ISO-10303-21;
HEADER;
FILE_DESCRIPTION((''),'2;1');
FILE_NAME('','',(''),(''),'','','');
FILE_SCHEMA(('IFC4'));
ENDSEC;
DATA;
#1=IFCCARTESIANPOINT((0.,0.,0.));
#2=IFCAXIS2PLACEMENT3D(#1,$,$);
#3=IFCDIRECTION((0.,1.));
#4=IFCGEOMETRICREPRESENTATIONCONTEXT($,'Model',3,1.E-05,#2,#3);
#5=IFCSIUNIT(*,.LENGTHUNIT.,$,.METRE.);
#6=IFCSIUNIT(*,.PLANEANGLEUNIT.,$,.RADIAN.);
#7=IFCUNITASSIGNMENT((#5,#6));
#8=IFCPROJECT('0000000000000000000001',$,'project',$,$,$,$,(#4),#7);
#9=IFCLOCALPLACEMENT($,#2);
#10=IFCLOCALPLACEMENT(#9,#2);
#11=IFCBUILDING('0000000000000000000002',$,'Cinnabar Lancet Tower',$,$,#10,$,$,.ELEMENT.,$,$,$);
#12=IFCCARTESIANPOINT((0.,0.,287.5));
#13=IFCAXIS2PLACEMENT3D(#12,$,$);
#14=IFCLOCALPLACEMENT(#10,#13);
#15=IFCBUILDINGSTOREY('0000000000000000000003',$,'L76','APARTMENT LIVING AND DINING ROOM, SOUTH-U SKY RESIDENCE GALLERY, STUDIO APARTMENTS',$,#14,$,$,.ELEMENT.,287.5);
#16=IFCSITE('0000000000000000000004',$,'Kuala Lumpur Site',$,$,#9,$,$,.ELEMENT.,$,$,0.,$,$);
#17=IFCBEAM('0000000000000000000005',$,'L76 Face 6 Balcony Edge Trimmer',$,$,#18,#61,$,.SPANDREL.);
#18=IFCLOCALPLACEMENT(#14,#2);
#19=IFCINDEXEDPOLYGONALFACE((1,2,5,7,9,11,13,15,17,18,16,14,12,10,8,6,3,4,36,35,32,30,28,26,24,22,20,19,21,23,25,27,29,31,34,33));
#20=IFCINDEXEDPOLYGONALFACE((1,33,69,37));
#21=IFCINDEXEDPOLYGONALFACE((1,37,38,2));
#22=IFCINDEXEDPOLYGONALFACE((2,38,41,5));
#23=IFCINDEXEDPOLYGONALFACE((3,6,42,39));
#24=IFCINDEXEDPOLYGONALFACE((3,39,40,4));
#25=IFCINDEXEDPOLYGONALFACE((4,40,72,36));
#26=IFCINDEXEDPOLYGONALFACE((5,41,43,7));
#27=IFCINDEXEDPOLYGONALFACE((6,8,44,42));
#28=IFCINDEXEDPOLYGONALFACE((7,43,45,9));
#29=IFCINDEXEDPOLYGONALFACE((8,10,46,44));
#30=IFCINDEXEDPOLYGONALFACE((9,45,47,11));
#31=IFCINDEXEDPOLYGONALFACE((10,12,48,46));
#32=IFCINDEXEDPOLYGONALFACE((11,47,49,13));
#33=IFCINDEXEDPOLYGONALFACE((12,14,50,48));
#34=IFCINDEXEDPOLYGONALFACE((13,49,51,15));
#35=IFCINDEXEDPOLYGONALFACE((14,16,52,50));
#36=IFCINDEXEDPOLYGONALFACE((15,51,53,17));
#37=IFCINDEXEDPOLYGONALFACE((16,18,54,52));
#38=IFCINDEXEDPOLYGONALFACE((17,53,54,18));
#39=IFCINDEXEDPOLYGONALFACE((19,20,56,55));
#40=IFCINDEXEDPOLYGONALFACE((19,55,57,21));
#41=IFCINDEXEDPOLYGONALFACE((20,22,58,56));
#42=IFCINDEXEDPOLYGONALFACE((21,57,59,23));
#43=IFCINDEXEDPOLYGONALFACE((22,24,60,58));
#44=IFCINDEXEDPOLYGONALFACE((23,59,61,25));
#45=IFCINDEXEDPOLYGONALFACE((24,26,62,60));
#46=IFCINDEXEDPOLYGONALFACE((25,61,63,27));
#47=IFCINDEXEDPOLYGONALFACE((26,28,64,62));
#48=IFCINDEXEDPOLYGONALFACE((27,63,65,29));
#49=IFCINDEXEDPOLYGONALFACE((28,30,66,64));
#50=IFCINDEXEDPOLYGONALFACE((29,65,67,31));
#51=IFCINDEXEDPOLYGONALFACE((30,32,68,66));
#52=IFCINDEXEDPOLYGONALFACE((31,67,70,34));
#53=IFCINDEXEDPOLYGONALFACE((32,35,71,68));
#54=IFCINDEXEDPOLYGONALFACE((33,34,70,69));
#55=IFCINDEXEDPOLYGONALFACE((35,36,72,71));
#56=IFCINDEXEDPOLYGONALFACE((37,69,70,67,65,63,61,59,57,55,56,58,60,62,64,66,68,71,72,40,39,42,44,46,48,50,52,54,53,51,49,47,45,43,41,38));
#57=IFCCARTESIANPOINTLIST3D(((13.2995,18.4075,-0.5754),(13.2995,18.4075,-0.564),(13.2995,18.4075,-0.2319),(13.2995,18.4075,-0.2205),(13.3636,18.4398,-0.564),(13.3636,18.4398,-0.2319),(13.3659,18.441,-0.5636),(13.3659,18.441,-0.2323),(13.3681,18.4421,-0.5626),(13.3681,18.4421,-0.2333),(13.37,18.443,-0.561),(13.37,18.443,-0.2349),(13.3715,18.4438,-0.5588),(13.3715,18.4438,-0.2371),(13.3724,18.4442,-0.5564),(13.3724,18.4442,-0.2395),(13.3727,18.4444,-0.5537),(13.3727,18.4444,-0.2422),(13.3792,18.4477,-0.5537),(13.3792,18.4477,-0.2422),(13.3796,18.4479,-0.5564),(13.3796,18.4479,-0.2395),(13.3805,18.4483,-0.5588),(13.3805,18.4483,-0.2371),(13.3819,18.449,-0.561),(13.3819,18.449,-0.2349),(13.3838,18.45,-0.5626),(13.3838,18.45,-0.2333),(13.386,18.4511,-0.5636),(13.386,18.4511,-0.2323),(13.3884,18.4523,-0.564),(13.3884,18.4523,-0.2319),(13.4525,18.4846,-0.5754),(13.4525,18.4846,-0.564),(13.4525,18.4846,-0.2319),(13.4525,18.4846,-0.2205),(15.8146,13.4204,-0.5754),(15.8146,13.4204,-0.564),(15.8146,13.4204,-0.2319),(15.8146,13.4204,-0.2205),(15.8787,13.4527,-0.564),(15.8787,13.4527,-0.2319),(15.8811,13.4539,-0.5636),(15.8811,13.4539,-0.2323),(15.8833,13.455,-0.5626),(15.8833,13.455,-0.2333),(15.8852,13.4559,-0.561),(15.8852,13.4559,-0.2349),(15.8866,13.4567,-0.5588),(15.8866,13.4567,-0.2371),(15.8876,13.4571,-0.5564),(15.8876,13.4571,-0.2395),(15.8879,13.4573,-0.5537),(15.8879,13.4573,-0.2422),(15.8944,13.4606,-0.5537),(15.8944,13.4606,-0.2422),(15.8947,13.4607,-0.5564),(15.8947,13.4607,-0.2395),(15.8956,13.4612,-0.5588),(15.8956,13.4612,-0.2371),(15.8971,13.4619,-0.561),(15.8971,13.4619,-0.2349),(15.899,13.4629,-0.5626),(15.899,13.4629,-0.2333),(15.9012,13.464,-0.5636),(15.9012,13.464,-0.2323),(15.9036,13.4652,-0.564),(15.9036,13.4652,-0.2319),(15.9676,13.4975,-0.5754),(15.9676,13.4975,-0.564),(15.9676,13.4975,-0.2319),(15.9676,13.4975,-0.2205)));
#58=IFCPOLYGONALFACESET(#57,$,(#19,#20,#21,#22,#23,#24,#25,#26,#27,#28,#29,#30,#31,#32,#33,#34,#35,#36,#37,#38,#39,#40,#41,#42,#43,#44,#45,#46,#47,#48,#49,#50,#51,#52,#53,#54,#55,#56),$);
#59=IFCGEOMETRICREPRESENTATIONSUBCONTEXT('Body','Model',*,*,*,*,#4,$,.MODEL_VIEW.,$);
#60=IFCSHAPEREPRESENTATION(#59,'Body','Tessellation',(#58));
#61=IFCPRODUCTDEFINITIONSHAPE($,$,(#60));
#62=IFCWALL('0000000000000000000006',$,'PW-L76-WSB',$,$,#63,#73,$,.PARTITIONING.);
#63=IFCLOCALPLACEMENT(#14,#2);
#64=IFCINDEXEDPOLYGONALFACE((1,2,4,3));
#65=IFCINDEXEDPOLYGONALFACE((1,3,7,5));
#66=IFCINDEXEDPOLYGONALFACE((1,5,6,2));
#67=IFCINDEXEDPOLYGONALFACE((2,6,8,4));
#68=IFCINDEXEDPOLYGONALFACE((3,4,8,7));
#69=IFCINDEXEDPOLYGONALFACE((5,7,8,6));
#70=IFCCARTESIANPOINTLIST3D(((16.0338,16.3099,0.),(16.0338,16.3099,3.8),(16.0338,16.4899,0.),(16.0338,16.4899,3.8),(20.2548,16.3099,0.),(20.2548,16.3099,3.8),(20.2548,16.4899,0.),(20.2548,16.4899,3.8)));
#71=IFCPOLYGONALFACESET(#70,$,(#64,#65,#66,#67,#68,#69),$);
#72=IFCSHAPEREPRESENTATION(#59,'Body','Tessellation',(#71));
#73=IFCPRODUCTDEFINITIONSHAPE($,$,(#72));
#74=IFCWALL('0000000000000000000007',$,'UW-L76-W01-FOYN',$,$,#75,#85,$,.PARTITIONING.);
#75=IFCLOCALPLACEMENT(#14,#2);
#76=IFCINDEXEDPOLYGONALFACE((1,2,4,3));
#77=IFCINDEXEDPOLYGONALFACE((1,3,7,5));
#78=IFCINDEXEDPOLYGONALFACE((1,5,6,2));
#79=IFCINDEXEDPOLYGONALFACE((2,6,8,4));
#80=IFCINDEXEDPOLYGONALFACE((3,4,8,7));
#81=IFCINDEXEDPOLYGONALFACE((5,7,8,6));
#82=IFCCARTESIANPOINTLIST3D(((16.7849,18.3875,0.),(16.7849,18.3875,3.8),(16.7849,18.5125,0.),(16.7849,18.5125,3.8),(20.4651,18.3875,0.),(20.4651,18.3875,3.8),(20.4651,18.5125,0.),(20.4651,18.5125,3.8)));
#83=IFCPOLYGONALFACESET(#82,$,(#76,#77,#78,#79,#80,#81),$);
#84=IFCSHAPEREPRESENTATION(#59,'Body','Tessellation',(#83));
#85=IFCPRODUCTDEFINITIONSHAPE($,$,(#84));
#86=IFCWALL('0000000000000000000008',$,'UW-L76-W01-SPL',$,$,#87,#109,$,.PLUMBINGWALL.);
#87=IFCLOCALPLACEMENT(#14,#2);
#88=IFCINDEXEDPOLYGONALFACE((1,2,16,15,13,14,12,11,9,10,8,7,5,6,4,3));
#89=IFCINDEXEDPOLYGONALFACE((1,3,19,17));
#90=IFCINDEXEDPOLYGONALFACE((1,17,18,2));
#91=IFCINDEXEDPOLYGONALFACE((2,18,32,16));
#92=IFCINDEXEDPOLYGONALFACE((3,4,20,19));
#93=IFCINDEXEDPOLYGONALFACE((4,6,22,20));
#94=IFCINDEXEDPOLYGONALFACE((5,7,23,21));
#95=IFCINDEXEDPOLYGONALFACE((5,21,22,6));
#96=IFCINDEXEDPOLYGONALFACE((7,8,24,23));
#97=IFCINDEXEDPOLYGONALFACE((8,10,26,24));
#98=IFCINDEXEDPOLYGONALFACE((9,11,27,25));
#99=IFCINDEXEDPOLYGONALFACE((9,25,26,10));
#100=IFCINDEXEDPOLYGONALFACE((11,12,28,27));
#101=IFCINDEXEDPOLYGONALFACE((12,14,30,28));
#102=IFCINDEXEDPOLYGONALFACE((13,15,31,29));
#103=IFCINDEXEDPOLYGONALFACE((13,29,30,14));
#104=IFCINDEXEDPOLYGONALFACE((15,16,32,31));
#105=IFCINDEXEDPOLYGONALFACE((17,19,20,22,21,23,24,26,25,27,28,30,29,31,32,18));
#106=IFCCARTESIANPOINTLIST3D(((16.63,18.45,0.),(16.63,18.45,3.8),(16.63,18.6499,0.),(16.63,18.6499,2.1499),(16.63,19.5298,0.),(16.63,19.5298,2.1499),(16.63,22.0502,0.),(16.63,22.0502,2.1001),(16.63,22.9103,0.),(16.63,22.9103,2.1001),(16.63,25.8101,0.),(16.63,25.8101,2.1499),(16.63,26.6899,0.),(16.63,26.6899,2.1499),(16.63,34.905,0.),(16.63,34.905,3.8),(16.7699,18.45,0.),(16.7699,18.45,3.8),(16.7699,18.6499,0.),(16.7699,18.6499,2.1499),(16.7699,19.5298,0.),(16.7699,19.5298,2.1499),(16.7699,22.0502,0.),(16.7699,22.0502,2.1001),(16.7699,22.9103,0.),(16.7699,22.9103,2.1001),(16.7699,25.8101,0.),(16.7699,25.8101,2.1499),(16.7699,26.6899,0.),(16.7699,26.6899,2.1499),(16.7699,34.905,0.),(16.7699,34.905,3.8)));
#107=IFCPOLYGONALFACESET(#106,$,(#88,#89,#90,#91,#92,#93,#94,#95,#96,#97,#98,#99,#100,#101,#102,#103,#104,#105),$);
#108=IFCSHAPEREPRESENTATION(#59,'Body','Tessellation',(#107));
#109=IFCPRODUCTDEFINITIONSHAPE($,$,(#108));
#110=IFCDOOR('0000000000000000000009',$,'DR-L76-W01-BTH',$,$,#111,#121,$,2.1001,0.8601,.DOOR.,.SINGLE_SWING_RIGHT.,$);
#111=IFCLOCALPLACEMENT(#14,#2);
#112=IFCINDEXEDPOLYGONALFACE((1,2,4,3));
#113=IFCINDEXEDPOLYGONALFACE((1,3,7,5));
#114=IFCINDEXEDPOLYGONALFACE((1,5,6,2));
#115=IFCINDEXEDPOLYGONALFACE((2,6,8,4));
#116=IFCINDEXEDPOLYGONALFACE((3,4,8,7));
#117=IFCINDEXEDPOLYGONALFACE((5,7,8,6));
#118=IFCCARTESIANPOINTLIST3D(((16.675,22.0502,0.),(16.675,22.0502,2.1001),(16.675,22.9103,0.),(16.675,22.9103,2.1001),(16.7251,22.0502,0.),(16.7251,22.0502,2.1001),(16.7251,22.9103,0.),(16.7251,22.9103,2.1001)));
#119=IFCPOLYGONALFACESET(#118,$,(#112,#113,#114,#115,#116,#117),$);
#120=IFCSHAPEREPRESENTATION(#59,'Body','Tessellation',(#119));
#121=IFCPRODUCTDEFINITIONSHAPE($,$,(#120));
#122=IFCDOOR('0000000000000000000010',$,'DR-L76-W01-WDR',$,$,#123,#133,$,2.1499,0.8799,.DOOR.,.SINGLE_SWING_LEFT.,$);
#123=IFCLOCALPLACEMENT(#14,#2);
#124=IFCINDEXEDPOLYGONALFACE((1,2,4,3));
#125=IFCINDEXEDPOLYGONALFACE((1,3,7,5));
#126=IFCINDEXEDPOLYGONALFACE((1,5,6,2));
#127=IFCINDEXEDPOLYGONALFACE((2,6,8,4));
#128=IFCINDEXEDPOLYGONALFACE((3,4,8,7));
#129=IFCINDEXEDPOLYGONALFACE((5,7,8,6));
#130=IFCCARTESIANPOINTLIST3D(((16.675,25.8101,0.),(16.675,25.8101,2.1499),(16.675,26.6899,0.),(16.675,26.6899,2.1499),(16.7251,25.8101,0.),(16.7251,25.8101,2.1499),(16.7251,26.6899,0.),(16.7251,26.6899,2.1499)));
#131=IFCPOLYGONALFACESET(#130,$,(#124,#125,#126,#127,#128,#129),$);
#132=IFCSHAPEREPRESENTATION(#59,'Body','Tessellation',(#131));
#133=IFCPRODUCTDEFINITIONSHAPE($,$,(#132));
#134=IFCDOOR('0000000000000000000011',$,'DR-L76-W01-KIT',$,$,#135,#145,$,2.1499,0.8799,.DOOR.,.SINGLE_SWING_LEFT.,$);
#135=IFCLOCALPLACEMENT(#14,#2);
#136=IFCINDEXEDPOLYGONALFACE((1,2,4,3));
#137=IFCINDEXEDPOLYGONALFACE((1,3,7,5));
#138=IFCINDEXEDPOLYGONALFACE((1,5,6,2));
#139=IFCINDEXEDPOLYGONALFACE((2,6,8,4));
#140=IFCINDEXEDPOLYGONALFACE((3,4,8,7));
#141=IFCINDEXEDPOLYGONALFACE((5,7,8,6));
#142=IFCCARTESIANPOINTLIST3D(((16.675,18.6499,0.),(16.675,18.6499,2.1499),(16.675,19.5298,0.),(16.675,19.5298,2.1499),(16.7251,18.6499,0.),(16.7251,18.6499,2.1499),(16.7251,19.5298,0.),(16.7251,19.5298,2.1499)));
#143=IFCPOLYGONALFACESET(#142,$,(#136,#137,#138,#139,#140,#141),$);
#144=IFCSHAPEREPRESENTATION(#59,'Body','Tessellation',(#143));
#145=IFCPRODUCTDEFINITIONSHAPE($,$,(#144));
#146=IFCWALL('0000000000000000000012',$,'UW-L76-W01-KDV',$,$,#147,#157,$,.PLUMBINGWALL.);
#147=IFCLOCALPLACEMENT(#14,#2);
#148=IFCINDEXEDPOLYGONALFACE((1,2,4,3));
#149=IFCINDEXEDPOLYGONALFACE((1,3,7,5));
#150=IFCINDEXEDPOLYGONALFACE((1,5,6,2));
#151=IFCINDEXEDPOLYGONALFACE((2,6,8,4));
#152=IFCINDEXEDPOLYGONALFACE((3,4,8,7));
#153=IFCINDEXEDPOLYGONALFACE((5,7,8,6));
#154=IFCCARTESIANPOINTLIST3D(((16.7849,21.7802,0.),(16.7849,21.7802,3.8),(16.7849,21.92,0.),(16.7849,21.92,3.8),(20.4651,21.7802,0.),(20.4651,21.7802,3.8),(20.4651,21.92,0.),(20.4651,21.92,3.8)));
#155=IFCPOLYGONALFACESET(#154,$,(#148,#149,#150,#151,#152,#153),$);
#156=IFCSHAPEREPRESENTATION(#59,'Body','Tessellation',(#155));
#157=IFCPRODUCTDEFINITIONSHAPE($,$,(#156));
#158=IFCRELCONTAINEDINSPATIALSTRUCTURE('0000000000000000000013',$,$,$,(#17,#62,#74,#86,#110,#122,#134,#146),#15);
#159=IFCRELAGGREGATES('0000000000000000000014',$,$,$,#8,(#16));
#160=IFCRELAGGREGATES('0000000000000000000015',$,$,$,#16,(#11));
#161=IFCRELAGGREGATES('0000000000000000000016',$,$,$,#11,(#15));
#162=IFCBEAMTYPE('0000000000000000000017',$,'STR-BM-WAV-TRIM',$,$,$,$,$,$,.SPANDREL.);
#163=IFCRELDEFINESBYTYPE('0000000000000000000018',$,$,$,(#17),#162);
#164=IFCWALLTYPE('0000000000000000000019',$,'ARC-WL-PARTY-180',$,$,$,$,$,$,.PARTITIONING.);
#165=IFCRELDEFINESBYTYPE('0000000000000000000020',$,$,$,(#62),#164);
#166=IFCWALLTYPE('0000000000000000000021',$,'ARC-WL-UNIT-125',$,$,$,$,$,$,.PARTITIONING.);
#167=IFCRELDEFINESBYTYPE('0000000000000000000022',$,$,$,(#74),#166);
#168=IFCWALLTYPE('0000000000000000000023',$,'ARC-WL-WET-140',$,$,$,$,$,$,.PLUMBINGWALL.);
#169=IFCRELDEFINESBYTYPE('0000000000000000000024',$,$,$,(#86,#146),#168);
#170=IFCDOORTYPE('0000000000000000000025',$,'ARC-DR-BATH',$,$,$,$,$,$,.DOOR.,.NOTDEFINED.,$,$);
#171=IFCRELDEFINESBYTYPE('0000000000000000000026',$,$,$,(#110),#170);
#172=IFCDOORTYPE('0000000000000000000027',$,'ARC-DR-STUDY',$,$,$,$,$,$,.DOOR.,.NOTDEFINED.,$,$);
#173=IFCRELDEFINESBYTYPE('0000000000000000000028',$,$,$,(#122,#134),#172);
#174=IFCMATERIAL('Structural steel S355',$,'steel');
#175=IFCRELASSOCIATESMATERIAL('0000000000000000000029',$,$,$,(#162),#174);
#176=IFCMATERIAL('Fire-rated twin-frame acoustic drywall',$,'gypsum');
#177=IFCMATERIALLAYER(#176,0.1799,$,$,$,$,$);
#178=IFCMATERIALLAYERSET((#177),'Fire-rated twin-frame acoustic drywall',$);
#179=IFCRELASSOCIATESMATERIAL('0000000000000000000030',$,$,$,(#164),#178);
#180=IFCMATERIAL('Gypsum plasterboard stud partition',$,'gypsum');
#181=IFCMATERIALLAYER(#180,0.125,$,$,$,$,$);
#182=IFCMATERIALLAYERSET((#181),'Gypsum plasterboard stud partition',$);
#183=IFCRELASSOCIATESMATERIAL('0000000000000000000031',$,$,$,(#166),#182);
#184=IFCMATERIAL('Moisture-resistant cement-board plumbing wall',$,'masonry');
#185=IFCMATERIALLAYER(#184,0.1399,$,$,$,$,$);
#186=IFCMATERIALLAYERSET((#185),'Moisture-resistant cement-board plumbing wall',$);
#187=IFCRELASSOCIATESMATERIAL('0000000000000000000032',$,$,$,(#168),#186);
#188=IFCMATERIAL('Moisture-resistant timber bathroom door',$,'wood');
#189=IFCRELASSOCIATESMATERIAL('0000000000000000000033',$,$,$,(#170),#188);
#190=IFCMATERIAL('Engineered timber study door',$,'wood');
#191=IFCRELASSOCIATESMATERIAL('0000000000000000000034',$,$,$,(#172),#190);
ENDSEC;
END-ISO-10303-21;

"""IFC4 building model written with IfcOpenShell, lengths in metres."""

from ifc_helpers import new_model, si_unit, direction, frame, frame_2d, origin, origin_2d, place, context, subcontext, project, spatial, rectangle, i_section, extrude, material, layer, layer_set, material_profile, profile_set, type_object, element, fill, save


model = new_model("IFC4")

# Units and contexts
model_context = context("Model", 3, precision=1e-05, world=origin(), true_north=direction((0.0, 1.0)))
body_context = subcontext(model_context, "Body", "Model", "MODEL_VIEW")
ifc_project = project(units=[si_unit("LENGTHUNIT", "METRE"), si_unit("PLANEANGLEUNIT", "RADIAN")], contexts=[model_context])

# Site, building, storey
site_placement = place(None, origin())
site = spatial("IfcSite", under=ifc_project, at=site_placement, Name="Kuala Lumpur Site", CompositionType="ELEMENT", RefElevation=0.0)
building_placement = place(site_placement, origin())
building = spatial("IfcBuilding", under=site, at=building_placement, Name="Cinnabar Lancet Tower", CompositionType="ELEMENT")
storey_placement = place(building_placement, frame((0.0, 0.0, 287.5)))
storey = spatial("IfcBuildingStorey", under=building, at=storey_placement, Name="L76", Description="APARTMENT LIVING AND DINING ROOM, SOUTH-U SKY RESIDENCE GALLERY, STUDIO APARTMENTS", CompositionType="ELEMENT", Elevation=287.5)

# Beam
ifc_material_1 = material(Name="Structural steel S355", Category="steel")
ifc_material_profile_1 = material_profile(ifc_material_1, i_section(OverallWidth=0.1714, OverallDepth=0.355, WebThickness=0.0073, FlangeThickness=0.0115, FilletRadius=0.0103, at=origin_2d()), Name="UKB 356x171x51")
ifc_profile_set_1 = profile_set([ifc_material_profile_1], Name="Structural steel S355")
beam_type_1 = type_object("IfcBeamType", Name="STR-BM-WAV-TRIM", PredefinedType="SPANDREL", material=ifc_profile_set_1)
beam_1_placement = place(storey_placement, frame((13.376, 18.446, -0.3979), z_axis=(0.450306, -0.892874, 0.0), x_axis=(0.892874, 0.450306, 0.0)))
element("IfcBeam", 1, at=beam_1_placement, inside=storey, type_object=beam_type_1, Name="L76 Face 6 Balcony Edge Trimmer", PredefinedType="SPANDREL", context=body_context, shape_type="SweptSolid", body=[
    extrude(i_section(OverallWidth=0.1714, OverallDepth=0.355, WebThickness=0.0073, FlangeThickness=0.0115, FilletRadius=0.0103, at=origin_2d()), origin(), (0.0, 0.0, 1.0), 5.5854),
])

# Walls
ifc_material_2 = material(Name="Fire-rated twin-frame acoustic drywall", Category="gypsum")
ifc_layer_1 = layer(ifc_material_2, 0.1799)
ifc_layer_set_1 = layer_set([ifc_layer_1], Name="Fire-rated twin-frame acoustic drywall")
wall_type_1 = type_object("IfcWallType", Name="ARC-WL-PARTY-180", PredefinedType="PARTITIONING", material=ifc_layer_set_1)
wall_1_placement = place(storey_placement, frame((16.0339, 16.3999, 0.0), z_axis=(0.0, 0.0, 1.0), x_axis=(1.0, 0.0, 0.0)))
element("IfcWall", 2, at=wall_1_placement, inside=storey, type_object=wall_type_1, Name="PW-L76-WSB", PredefinedType="PARTITIONING", context=body_context, shape_type="SweptSolid", body=[
    extrude(rectangle(XDim=4.2209, YDim=0.1799, at=frame_2d((2.1104, 0.0))), origin(), (0.0, 0.0, 1.0), 3.8),
])
ifc_material_3 = material(Name="Gypsum plasterboard stud partition", Category="gypsum")
ifc_layer_2 = layer(ifc_material_3, 0.125)
ifc_layer_set_2 = layer_set([ifc_layer_2], Name="Gypsum plasterboard stud partition")
wall_type_2 = type_object("IfcWallType", Name="ARC-WL-UNIT-125", PredefinedType="PARTITIONING", material=ifc_layer_set_2)
wall_2_placement = place(storey_placement, frame((16.7849, 18.45, 0.0), z_axis=(0.0, 0.0, 1.0), x_axis=(1.0, 0.0, 0.0)))
element("IfcWall", 3, at=wall_2_placement, inside=storey, type_object=wall_type_2, Name="UW-L76-W01-FOYN", PredefinedType="PARTITIONING", context=body_context, shape_type="SweptSolid", body=[
    extrude(rectangle(XDim=3.6802, YDim=0.125, at=frame_2d((1.8401, 0.0))), origin(), (0.0, 0.0, 1.0), 3.8),
])

# Wall, openings, doors
ifc_material_4 = material(Name="Moisture-resistant cement-board plumbing wall", Category="masonry")
ifc_layer_3 = layer(ifc_material_4, 0.1399)
ifc_layer_set_3 = layer_set([ifc_layer_3], Name="Moisture-resistant cement-board plumbing wall")
wall_type_3 = type_object("IfcWallType", Name="ARC-WL-WET-140", PredefinedType="PLUMBINGWALL", material=ifc_layer_set_3)
wall_3_placement = place(storey_placement, frame((16.7, 18.45, 0.0), z_axis=(0.0, 0.0, 1.0), x_axis=(0.0, 1.0, 0.0)))
wall_3 = element("IfcWall", 4, at=wall_3_placement, inside=storey, type_object=wall_type_3, Name="UW-L76-W01-SPL", PredefinedType="PLUMBINGWALL", context=body_context, shape_type="SweptSolid", body=[
    extrude(rectangle(XDim=16.4551, YDim=0.1399, at=frame_2d((8.2275, 0.0))), origin(), (0.0, 0.0, 1.0), 3.8),
])
opening_1_placement = place(wall_3_placement, frame((3.6001, 0.0, 0.0)))
opening_1 = element("IfcOpeningElement", 5, at=opening_1_placement, cuts=wall_3, PredefinedType="OPENING", context=body_context, shape_type="SweptSolid", body=[
    extrude(rectangle(XDim=0.8601, YDim=2.1001, at=frame_2d((0.4302, 1.05))), frame((0.0, 0.0798, 0.0), z_axis=(0.0, -1.0, 0.0), x_axis=(1.0, 0.0, 0.0)), (0.0, 0.0, 1.0), 0.1599),
])
opening_2_placement = place(wall_3_placement, frame((7.3601, 0.0, 0.0)))
opening_2 = element("IfcOpeningElement", 6, at=opening_2_placement, cuts=wall_3, PredefinedType="OPENING", context=body_context, shape_type="SweptSolid", body=[
    extrude(rectangle(XDim=0.8799, YDim=2.1499, at=frame_2d((0.4399, 1.075))), frame((0.0, 0.0798, 0.0), z_axis=(0.0, -1.0, 0.0), x_axis=(1.0, 0.0, 0.0)), (0.0, 0.0, 1.0), 0.1599),
])
opening_3_placement = place(wall_3_placement, frame((0.2, 0.0, 0.0)))
opening_3 = element("IfcOpeningElement", 7, at=opening_3_placement, cuts=wall_3, PredefinedType="OPENING", context=body_context, shape_type="SweptSolid", body=[
    extrude(rectangle(XDim=0.8799, YDim=2.1499, at=frame_2d((0.4399, 1.075))), frame((0.0, 0.0798, 0.0), z_axis=(0.0, -1.0, 0.0), x_axis=(1.0, 0.0, 0.0)), (0.0, 0.0, 1.0), 0.1599),
])
ifc_material_5 = material(Name="Moisture-resistant timber bathroom door", Category="wood")
door_type_1 = type_object("IfcDoorType", Name="ARC-DR-BATH", OperationType="NOTDEFINED", PredefinedType="DOOR", material=ifc_material_5)
door_1_placement = place(opening_1_placement, origin())
door_1 = element("IfcDoor", 8, at=door_1_placement, inside=storey, type_object=door_type_1, Name="DR-L76-W01-BTH", OperationType="SINGLE_SWING_RIGHT", OverallHeight=2.1001, OverallWidth=0.8601, PredefinedType="DOOR", context=body_context, shape_type="SweptSolid", body=[
    extrude(rectangle(XDim=0.8601, YDim=2.1001, at=frame_2d((0.4302, 1.05))), frame((0.0, 0.0249, 0.0), z_axis=(0.0, -1.0, 0.0), x_axis=(1.0, 0.0, 0.0)), (0.0, 0.0, 1.0), 0.05),
])
fill(opening_1, door_1)
ifc_material_6 = material(Name="Engineered timber study door", Category="wood")
door_type_2 = type_object("IfcDoorType", Name="ARC-DR-STUDY", OperationType="NOTDEFINED", PredefinedType="DOOR", material=ifc_material_6)
door_2_placement = place(opening_2_placement, origin())
door_2 = element("IfcDoor", 9, at=door_2_placement, inside=storey, type_object=door_type_2, Name="DR-L76-W01-WDR", OperationType="SINGLE_SWING_LEFT", OverallHeight=2.1499, OverallWidth=0.8799, PredefinedType="DOOR", context=body_context, shape_type="SweptSolid", body=[
    extrude(rectangle(XDim=0.8799, YDim=2.1499, at=frame_2d((0.4399, 1.075))), frame((0.0, 0.0249, 0.0), z_axis=(0.0, -1.0, 0.0), x_axis=(1.0, 0.0, 0.0)), (0.0, 0.0, 1.0), 0.05),
])
fill(opening_2, door_2)
door_3_placement = place(opening_3_placement, origin())
door_3 = element("IfcDoor", 10, at=door_3_placement, inside=storey, type_object=door_type_2, Name="DR-L76-W01-KIT", OperationType="SINGLE_SWING_LEFT", OverallHeight=2.1499, OverallWidth=0.8799, PredefinedType="DOOR", context=body_context, shape_type="SweptSolid", body=[
    extrude(rectangle(XDim=0.8799, YDim=2.1499, at=frame_2d((0.4399, 1.075))), frame((0.0, 0.0249, 0.0), z_axis=(0.0, -1.0, 0.0), x_axis=(1.0, 0.0, 0.0)), (0.0, 0.0, 1.0), 0.05),
])
fill(opening_3, door_3)

# Wall
wall_4_placement = place(storey_placement, frame((16.7849, 21.8501, 0.0), z_axis=(0.0, 0.0, 1.0), x_axis=(1.0, 0.0, 0.0)))
element("IfcWall", 11, at=wall_4_placement, inside=storey, type_object=wall_type_3, Name="UW-L76-W01-KDV", PredefinedType="PLUMBINGWALL", context=body_context, shape_type="SweptSolid", body=[
    extrude(rectangle(XDim=3.6802, YDim=0.1399, at=frame_2d((1.8401, 0.0))), origin(), (0.0, 0.0, 1.0), 3.8),
])

save(model, "model.ifc")
